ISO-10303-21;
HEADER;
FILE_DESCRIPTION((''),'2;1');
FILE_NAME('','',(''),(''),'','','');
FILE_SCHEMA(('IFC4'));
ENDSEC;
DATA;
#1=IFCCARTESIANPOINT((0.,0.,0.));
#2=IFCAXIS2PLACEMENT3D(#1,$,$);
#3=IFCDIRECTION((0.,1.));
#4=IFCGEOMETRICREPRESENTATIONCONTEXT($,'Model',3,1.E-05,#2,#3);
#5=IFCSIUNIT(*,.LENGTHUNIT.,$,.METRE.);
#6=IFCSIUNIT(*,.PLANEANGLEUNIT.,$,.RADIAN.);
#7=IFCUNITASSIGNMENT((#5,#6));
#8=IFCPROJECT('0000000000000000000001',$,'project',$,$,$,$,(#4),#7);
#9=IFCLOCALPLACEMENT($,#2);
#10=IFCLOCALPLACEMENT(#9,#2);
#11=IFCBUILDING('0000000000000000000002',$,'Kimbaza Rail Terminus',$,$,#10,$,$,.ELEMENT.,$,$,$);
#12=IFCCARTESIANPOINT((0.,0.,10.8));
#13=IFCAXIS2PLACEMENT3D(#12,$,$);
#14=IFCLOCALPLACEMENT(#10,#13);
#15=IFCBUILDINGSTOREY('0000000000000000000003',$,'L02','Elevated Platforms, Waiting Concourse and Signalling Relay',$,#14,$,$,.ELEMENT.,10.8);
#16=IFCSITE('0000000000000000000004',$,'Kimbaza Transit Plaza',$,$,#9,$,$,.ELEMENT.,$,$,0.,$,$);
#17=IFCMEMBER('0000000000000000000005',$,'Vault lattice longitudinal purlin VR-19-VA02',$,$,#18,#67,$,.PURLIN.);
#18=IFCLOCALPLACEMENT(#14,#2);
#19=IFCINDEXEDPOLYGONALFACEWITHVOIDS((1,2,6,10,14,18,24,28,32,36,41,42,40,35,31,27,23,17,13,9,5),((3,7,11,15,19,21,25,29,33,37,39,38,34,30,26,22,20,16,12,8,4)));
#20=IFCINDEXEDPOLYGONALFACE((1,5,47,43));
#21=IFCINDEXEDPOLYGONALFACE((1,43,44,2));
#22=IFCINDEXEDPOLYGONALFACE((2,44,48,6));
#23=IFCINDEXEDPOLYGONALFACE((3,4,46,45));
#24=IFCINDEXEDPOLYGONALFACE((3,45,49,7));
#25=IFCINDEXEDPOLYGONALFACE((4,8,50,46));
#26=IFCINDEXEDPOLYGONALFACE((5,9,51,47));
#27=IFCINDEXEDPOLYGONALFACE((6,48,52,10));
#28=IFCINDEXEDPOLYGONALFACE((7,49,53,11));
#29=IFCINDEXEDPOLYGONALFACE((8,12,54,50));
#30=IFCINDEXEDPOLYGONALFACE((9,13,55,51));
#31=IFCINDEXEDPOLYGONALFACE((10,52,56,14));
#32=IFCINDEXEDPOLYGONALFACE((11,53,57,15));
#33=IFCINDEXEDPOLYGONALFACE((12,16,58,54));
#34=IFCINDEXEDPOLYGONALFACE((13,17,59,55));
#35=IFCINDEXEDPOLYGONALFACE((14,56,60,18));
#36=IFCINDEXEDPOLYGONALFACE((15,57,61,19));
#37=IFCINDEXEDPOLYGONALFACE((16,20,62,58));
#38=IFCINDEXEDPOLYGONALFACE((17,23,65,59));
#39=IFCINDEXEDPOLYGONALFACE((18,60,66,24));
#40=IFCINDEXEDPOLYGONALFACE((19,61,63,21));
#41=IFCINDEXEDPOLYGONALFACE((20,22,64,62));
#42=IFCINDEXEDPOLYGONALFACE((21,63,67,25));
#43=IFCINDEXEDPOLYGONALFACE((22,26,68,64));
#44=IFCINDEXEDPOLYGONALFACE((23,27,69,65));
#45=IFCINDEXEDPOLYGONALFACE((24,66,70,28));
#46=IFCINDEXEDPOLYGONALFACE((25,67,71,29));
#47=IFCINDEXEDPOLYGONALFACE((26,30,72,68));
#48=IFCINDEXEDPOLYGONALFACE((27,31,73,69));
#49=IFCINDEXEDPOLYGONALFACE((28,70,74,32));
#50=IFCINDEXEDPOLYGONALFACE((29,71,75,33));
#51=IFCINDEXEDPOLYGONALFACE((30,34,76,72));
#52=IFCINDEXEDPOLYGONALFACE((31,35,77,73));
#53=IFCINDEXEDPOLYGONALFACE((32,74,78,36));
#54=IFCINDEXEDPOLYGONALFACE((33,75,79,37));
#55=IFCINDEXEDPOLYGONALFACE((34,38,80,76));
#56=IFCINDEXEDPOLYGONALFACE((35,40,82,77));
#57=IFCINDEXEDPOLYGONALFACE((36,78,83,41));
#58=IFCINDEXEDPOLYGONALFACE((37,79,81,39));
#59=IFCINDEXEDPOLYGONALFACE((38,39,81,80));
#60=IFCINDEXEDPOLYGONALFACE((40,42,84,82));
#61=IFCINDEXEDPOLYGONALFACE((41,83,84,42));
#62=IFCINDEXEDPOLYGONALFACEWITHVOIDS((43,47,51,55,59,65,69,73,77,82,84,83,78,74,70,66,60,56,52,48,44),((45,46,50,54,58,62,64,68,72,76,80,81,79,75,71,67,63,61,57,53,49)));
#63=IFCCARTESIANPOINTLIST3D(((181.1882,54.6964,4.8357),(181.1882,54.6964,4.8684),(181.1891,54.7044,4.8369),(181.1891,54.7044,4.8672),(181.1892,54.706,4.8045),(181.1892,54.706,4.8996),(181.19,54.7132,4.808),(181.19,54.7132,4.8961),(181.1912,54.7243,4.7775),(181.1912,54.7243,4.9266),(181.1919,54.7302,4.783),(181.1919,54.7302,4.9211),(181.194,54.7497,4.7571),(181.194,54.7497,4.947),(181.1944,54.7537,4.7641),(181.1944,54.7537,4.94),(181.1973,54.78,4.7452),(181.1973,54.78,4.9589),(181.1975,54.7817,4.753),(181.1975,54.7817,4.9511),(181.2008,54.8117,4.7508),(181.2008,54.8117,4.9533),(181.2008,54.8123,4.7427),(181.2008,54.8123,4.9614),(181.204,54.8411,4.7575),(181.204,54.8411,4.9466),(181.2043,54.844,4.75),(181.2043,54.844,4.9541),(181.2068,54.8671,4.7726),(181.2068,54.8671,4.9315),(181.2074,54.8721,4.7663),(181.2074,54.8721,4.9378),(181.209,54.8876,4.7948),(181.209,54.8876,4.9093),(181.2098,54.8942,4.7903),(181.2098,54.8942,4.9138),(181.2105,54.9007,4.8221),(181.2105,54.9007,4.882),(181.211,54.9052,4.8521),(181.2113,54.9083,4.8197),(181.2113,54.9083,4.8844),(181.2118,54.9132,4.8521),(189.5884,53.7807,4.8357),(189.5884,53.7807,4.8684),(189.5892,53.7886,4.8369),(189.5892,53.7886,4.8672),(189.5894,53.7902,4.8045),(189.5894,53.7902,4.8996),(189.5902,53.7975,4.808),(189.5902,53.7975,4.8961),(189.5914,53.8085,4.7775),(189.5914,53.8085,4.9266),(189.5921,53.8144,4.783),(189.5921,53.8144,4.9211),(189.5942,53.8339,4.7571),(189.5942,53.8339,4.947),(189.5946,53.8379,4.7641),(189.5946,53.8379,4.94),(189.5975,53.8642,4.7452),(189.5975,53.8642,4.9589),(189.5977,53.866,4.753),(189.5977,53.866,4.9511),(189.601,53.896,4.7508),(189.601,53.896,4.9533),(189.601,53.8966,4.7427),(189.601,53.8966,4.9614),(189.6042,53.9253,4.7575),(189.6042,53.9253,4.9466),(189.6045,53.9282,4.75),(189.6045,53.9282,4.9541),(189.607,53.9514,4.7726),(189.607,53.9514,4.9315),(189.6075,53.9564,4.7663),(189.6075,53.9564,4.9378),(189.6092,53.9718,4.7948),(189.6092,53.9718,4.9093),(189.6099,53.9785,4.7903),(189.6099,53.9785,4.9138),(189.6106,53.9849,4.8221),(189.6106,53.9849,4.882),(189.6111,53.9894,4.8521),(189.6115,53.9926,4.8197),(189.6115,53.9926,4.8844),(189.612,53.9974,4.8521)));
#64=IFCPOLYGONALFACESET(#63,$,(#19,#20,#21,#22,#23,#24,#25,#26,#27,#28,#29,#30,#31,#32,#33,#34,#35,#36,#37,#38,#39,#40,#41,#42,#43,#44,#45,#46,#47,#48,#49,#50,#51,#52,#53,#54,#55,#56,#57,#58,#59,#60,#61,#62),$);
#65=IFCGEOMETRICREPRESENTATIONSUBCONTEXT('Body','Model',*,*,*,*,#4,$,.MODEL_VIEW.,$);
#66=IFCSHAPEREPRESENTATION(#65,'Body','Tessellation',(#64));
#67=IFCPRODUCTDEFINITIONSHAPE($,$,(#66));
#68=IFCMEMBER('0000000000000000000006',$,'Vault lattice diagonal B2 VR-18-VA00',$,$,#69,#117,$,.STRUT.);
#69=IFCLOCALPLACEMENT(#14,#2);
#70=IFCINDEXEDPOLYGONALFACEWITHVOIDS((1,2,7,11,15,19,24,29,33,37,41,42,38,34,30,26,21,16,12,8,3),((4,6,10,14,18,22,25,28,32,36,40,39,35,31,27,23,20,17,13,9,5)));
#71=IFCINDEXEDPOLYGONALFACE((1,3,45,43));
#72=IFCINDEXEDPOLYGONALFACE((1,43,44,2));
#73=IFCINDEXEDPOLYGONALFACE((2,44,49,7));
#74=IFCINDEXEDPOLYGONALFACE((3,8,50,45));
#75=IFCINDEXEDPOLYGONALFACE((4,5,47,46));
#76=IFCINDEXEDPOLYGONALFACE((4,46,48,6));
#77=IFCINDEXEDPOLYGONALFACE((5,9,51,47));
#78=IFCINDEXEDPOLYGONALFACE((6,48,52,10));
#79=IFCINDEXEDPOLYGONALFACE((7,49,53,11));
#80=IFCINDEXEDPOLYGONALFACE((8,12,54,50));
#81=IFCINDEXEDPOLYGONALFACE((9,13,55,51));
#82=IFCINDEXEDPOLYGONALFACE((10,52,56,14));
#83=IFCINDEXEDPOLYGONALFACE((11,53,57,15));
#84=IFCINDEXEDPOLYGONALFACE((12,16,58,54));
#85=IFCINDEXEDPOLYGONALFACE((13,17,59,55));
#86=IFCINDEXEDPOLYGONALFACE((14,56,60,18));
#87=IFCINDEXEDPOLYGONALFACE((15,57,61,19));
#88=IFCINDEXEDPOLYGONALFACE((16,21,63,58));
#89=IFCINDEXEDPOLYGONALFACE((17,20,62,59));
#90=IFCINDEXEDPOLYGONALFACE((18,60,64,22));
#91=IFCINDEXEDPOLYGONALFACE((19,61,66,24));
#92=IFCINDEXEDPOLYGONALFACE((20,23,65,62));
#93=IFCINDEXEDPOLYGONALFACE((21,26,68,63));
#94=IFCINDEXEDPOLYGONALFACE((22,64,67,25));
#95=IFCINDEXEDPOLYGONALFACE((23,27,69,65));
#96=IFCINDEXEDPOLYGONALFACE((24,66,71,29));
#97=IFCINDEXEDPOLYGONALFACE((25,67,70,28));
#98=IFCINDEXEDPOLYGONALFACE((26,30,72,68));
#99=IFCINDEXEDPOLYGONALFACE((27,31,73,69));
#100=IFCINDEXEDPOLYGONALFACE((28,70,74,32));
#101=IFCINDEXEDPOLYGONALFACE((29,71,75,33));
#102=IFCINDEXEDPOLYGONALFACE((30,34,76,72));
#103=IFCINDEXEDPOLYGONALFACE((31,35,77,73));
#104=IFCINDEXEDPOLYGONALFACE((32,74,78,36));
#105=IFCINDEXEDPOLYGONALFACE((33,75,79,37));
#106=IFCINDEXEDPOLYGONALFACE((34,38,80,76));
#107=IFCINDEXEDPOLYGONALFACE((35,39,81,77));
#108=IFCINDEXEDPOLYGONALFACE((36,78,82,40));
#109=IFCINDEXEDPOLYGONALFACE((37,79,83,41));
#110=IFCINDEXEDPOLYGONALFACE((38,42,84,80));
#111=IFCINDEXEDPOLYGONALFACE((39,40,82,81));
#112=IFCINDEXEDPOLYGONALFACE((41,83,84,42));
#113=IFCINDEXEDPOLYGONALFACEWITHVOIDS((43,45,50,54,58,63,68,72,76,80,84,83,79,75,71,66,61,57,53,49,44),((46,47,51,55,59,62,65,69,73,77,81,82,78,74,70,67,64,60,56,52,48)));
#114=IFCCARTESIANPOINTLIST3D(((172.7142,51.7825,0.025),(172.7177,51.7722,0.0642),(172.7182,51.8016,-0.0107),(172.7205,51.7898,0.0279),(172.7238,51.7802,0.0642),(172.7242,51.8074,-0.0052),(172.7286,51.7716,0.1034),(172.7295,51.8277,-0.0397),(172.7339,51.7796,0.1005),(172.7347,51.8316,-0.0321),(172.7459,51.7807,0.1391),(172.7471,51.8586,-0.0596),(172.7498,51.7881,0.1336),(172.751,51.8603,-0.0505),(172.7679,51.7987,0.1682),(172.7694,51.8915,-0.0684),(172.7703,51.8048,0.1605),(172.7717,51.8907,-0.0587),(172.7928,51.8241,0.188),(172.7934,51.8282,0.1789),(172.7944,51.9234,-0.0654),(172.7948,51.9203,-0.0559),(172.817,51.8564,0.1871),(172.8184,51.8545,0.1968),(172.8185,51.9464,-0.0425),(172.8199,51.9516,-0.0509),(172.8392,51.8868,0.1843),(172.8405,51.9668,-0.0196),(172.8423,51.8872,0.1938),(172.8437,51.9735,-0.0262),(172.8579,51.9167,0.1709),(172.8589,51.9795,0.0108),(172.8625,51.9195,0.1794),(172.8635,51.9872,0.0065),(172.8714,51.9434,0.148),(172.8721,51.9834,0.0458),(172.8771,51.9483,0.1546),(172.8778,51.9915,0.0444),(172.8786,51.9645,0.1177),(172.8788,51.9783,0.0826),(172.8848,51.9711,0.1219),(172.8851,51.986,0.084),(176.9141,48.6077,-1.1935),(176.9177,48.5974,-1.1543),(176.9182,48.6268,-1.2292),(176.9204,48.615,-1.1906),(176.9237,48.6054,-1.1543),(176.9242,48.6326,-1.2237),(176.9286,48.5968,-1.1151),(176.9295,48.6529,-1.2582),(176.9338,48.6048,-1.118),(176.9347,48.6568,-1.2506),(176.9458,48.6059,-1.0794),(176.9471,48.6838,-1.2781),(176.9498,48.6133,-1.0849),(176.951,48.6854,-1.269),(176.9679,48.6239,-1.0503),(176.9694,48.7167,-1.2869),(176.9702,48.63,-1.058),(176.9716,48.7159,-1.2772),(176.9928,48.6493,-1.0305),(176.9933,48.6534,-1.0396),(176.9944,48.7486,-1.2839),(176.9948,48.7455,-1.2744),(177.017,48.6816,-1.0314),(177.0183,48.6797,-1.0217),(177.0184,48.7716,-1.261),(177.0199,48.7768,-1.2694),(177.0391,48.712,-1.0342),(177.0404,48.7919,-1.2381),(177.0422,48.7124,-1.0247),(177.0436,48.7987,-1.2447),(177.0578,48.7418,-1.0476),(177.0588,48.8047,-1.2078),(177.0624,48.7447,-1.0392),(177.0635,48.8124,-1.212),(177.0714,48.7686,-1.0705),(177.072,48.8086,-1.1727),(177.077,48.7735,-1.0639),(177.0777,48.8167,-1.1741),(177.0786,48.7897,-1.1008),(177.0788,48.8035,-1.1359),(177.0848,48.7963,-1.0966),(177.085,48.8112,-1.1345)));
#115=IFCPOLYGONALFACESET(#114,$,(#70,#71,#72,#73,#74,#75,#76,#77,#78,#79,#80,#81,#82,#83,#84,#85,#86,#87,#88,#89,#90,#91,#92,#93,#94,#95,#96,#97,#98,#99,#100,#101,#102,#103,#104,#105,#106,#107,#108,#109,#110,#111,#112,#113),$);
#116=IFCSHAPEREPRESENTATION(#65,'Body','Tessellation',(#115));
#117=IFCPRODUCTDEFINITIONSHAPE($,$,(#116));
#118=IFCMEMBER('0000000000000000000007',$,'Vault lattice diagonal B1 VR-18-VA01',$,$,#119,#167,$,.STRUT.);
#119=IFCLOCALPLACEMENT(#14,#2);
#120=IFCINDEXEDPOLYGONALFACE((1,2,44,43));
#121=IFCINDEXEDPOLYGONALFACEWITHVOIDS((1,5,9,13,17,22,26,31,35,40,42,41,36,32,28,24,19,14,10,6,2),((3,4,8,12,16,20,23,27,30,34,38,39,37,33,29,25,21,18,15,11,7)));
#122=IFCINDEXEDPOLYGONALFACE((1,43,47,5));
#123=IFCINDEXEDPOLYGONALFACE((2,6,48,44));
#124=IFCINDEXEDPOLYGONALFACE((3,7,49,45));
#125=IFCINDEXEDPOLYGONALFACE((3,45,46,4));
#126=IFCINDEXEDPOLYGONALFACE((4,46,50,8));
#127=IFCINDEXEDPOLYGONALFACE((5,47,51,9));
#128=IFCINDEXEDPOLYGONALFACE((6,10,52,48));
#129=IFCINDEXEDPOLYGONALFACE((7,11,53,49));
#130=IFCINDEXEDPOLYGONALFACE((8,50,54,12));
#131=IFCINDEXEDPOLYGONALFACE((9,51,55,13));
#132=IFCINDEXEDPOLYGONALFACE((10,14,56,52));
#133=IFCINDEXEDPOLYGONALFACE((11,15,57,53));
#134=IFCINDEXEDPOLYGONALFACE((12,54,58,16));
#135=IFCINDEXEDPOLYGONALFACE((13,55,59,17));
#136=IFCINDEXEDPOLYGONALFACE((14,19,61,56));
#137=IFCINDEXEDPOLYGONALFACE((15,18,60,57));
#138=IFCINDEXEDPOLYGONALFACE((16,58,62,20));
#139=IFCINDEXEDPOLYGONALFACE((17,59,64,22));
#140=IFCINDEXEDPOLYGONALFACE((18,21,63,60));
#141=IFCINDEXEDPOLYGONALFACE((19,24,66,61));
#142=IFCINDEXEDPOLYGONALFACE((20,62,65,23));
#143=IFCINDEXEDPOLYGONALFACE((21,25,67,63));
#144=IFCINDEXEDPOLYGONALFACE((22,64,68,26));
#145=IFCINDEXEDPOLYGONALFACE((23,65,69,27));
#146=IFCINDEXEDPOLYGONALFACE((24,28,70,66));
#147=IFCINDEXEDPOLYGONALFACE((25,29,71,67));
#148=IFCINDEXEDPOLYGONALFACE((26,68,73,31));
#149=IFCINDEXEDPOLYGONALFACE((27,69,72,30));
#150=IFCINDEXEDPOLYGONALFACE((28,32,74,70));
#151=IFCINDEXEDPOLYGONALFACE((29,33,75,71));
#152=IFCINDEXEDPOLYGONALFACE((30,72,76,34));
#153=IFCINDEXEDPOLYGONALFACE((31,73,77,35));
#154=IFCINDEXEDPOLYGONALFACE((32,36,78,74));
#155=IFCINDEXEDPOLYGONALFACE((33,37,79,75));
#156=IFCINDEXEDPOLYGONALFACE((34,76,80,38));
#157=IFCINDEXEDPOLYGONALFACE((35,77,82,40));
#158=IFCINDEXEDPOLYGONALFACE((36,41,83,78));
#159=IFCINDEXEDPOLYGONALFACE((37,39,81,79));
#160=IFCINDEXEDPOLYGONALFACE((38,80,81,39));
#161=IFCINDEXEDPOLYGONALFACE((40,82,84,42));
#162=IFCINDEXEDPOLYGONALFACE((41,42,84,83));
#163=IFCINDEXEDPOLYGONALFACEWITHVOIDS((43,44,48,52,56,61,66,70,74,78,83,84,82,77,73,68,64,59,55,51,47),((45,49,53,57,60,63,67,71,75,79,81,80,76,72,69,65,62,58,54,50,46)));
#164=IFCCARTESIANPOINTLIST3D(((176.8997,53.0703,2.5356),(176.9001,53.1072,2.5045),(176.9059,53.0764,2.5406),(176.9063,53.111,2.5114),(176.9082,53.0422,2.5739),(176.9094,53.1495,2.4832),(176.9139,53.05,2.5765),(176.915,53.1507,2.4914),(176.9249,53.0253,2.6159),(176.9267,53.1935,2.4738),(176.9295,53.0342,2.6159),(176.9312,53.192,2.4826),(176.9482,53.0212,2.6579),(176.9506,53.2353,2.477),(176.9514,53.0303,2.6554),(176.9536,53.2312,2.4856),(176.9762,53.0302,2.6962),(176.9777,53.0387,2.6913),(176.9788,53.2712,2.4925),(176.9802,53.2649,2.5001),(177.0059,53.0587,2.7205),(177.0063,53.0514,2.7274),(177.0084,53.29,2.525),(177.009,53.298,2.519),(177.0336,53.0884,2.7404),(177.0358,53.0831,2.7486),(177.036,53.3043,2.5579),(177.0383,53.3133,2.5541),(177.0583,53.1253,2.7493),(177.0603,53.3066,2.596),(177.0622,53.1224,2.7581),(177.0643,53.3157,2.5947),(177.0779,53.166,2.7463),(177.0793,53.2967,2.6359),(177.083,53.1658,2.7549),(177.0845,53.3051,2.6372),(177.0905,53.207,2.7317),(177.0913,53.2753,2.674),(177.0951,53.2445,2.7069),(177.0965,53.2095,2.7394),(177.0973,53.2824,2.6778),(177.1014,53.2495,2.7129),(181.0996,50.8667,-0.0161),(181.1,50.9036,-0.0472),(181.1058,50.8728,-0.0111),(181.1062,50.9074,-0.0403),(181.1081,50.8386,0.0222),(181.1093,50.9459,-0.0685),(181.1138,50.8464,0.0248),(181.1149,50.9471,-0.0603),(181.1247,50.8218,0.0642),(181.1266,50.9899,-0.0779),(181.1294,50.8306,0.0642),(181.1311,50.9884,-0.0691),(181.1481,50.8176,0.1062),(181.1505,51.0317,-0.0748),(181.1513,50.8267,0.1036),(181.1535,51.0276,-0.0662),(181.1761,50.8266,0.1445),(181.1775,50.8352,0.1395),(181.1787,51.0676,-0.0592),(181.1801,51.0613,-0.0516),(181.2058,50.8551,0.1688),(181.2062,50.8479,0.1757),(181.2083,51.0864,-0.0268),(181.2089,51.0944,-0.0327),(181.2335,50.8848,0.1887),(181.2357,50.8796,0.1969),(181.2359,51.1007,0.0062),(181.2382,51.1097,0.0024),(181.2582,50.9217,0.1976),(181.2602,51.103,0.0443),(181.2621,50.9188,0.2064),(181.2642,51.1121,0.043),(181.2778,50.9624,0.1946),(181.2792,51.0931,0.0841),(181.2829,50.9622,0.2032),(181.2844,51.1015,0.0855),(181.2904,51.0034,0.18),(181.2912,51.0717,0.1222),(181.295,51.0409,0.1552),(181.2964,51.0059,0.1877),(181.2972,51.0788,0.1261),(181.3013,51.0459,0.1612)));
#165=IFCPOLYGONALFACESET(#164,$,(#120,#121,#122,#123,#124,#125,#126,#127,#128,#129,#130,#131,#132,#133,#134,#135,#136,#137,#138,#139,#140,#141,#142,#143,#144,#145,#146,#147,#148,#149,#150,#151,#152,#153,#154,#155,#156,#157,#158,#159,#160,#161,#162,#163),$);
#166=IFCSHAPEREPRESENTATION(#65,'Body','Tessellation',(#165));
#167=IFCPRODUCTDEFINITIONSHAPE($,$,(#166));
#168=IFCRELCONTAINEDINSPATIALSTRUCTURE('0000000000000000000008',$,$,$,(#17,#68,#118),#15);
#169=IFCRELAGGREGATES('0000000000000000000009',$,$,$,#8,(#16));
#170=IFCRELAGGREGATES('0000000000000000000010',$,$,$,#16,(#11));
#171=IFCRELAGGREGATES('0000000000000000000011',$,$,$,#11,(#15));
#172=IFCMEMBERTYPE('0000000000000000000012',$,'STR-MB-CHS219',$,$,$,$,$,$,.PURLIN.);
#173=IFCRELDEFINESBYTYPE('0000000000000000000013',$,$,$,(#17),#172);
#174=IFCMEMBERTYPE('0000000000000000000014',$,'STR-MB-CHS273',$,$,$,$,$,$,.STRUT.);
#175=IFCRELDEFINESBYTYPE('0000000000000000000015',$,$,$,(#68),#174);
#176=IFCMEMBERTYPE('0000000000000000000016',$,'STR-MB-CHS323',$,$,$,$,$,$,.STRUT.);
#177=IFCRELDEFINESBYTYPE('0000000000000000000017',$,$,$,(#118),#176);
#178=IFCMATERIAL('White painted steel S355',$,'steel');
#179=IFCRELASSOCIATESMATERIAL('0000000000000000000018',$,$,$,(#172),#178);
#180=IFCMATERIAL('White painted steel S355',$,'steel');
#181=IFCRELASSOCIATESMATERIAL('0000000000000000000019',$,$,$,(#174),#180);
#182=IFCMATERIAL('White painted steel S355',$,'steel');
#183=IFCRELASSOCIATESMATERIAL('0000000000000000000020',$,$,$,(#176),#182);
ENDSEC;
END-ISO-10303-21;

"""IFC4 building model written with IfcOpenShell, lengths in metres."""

from ifc_helpers import new_model, si_unit, direction, frame, origin, origin_2d, place, context, subcontext, project, spatial, hollow_circle, extrude, material, material_profile, profile_set, type_object, element, save


model = new_model("IFC4")

# Units and contexts
model_context = context("Model", 3, precision=1e-05, world=origin(), true_north=direction((0.0, 1.0)))
body_context = subcontext(model_context, "Body", "Model", "MODEL_VIEW")
ifc_project = project(units=[si_unit("LENGTHUNIT", "METRE"), si_unit("PLANEANGLEUNIT", "RADIAN")], contexts=[model_context])

# Site, building, storey
site_placement = place(None, origin())
site = spatial("IfcSite", under=ifc_project, at=site_placement, Name="Kimbaza Transit Plaza", CompositionType="ELEMENT", RefElevation=0.0)
building_placement = place(site_placement, origin())
building = spatial("IfcBuilding", under=site, at=building_placement, Name="Kimbaza Rail Terminus", CompositionType="ELEMENT")
storey_placement = place(building_placement, frame((0.0, 0.0, 10.8)))
storey = spatial("IfcBuildingStorey", under=building, at=storey_placement, Name="L02", Description="Elevated Platforms, Waiting Concourse and Signalling Relay", CompositionType="ELEMENT", Elevation=10.8)

# Members
ifc_material_1 = material(Name="White painted steel S355", Category="steel")
ifc_material_profile_1 = material_profile(ifc_material_1, hollow_circle(Radius=0.1096, WallThickness=0.0081, at=origin_2d()), Name="CHS 219.1x8")
ifc_profile_set_1 = profile_set([ifc_material_profile_1], Name="White painted steel S355")
member_type_1 = type_object("IfcMemberType", Name="STR-MB-CHS219", PredefinedType="PURLIN", material=ifc_profile_set_1)
member_1_placement = place(storey_placement, frame((181.2, 54.8042, 4.8521), z_axis=(0.99411, -0.108376, 0.0), x_axis=(0.108376, 0.99411, 0.0)))
element("IfcMember", 1, at=member_1_placement, inside=storey, type_object=member_type_1, Name="Vault lattice longitudinal purlin VR-19-VA02", PredefinedType="PURLIN", context=body_context, shape_type="SweptSolid", body=[
    extrude(hollow_circle(Radius=0.1096, WallThickness=0.0081, at=origin_2d()), origin(), (0.0, 0.0, 1.0), 8.45),
])
ifc_material_2 = material(Name="White painted steel S355", Category="steel")
ifc_material_profile_2 = material_profile(ifc_material_2, hollow_circle(Radius=0.1365, WallThickness=0.01, at=origin_2d()), Name="CHS 273x10")
ifc_profile_set_2 = profile_set([ifc_material_profile_2], Name="White painted steel S355")
member_type_2 = type_object("IfcMemberType", Name="STR-MB-CHS273", PredefinedType="STRUT", material=ifc_profile_set_2)
member_2_placement = place(storey_placement, frame((177.0, 48.7063, -1.1543), z_axis=(-0.777186, 0.587486, 0.22548), x_axis=(-0.603015, -0.79773, 0.0)))
element("IfcMember", 2, at=member_2_placement, inside=storey, type_object=member_type_2, Name="Vault lattice diagonal B2 VR-18-VA00", PredefinedType="STRUT", context=body_context, shape_type="SweptSolid", body=[
    extrude(hollow_circle(Radius=0.1365, WallThickness=0.01, at=origin_2d()), origin(), (0.0, 0.0, 1.0), 5.4041),
])
ifc_material_3 = material(Name="White painted steel S355", Category="steel")
ifc_material_profile_3 = material_profile(ifc_material_3, hollow_circle(Radius=0.1619, WallThickness=0.01, at=origin_2d()), Name="CHS 323.9x10")
ifc_profile_set_3 = profile_set([ifc_material_profile_3], Name="White painted steel S355")
member_type_3 = type_object("IfcMemberType", Name="STR-MB-CHS323", PredefinedType="STRUT", material=ifc_profile_set_3)
for number, where, z_axis, x_axis, name in (
    (3, (181.2, 50.9651, 0.0642), (-0.779818, 0.409152, 0.473793), (-0.464609, -0.885516, 0.0), "Vault lattice diagonal B1 VR-18-VA01"),
):
    element("IfcMember", number, at=place(storey_placement, frame(where, z_axis=z_axis, x_axis=x_axis)), inside=storey, type_object=member_type_3, Name=name, PredefinedType="STRUT", context=body_context, shape_type="SweptSolid", body=[
        extrude(hollow_circle(Radius=0.1619, WallThickness=0.01, at=origin_2d()), origin(), (0.0, 0.0, 1.0), 5.3857),
    ])

save(model, "model.ifc")
